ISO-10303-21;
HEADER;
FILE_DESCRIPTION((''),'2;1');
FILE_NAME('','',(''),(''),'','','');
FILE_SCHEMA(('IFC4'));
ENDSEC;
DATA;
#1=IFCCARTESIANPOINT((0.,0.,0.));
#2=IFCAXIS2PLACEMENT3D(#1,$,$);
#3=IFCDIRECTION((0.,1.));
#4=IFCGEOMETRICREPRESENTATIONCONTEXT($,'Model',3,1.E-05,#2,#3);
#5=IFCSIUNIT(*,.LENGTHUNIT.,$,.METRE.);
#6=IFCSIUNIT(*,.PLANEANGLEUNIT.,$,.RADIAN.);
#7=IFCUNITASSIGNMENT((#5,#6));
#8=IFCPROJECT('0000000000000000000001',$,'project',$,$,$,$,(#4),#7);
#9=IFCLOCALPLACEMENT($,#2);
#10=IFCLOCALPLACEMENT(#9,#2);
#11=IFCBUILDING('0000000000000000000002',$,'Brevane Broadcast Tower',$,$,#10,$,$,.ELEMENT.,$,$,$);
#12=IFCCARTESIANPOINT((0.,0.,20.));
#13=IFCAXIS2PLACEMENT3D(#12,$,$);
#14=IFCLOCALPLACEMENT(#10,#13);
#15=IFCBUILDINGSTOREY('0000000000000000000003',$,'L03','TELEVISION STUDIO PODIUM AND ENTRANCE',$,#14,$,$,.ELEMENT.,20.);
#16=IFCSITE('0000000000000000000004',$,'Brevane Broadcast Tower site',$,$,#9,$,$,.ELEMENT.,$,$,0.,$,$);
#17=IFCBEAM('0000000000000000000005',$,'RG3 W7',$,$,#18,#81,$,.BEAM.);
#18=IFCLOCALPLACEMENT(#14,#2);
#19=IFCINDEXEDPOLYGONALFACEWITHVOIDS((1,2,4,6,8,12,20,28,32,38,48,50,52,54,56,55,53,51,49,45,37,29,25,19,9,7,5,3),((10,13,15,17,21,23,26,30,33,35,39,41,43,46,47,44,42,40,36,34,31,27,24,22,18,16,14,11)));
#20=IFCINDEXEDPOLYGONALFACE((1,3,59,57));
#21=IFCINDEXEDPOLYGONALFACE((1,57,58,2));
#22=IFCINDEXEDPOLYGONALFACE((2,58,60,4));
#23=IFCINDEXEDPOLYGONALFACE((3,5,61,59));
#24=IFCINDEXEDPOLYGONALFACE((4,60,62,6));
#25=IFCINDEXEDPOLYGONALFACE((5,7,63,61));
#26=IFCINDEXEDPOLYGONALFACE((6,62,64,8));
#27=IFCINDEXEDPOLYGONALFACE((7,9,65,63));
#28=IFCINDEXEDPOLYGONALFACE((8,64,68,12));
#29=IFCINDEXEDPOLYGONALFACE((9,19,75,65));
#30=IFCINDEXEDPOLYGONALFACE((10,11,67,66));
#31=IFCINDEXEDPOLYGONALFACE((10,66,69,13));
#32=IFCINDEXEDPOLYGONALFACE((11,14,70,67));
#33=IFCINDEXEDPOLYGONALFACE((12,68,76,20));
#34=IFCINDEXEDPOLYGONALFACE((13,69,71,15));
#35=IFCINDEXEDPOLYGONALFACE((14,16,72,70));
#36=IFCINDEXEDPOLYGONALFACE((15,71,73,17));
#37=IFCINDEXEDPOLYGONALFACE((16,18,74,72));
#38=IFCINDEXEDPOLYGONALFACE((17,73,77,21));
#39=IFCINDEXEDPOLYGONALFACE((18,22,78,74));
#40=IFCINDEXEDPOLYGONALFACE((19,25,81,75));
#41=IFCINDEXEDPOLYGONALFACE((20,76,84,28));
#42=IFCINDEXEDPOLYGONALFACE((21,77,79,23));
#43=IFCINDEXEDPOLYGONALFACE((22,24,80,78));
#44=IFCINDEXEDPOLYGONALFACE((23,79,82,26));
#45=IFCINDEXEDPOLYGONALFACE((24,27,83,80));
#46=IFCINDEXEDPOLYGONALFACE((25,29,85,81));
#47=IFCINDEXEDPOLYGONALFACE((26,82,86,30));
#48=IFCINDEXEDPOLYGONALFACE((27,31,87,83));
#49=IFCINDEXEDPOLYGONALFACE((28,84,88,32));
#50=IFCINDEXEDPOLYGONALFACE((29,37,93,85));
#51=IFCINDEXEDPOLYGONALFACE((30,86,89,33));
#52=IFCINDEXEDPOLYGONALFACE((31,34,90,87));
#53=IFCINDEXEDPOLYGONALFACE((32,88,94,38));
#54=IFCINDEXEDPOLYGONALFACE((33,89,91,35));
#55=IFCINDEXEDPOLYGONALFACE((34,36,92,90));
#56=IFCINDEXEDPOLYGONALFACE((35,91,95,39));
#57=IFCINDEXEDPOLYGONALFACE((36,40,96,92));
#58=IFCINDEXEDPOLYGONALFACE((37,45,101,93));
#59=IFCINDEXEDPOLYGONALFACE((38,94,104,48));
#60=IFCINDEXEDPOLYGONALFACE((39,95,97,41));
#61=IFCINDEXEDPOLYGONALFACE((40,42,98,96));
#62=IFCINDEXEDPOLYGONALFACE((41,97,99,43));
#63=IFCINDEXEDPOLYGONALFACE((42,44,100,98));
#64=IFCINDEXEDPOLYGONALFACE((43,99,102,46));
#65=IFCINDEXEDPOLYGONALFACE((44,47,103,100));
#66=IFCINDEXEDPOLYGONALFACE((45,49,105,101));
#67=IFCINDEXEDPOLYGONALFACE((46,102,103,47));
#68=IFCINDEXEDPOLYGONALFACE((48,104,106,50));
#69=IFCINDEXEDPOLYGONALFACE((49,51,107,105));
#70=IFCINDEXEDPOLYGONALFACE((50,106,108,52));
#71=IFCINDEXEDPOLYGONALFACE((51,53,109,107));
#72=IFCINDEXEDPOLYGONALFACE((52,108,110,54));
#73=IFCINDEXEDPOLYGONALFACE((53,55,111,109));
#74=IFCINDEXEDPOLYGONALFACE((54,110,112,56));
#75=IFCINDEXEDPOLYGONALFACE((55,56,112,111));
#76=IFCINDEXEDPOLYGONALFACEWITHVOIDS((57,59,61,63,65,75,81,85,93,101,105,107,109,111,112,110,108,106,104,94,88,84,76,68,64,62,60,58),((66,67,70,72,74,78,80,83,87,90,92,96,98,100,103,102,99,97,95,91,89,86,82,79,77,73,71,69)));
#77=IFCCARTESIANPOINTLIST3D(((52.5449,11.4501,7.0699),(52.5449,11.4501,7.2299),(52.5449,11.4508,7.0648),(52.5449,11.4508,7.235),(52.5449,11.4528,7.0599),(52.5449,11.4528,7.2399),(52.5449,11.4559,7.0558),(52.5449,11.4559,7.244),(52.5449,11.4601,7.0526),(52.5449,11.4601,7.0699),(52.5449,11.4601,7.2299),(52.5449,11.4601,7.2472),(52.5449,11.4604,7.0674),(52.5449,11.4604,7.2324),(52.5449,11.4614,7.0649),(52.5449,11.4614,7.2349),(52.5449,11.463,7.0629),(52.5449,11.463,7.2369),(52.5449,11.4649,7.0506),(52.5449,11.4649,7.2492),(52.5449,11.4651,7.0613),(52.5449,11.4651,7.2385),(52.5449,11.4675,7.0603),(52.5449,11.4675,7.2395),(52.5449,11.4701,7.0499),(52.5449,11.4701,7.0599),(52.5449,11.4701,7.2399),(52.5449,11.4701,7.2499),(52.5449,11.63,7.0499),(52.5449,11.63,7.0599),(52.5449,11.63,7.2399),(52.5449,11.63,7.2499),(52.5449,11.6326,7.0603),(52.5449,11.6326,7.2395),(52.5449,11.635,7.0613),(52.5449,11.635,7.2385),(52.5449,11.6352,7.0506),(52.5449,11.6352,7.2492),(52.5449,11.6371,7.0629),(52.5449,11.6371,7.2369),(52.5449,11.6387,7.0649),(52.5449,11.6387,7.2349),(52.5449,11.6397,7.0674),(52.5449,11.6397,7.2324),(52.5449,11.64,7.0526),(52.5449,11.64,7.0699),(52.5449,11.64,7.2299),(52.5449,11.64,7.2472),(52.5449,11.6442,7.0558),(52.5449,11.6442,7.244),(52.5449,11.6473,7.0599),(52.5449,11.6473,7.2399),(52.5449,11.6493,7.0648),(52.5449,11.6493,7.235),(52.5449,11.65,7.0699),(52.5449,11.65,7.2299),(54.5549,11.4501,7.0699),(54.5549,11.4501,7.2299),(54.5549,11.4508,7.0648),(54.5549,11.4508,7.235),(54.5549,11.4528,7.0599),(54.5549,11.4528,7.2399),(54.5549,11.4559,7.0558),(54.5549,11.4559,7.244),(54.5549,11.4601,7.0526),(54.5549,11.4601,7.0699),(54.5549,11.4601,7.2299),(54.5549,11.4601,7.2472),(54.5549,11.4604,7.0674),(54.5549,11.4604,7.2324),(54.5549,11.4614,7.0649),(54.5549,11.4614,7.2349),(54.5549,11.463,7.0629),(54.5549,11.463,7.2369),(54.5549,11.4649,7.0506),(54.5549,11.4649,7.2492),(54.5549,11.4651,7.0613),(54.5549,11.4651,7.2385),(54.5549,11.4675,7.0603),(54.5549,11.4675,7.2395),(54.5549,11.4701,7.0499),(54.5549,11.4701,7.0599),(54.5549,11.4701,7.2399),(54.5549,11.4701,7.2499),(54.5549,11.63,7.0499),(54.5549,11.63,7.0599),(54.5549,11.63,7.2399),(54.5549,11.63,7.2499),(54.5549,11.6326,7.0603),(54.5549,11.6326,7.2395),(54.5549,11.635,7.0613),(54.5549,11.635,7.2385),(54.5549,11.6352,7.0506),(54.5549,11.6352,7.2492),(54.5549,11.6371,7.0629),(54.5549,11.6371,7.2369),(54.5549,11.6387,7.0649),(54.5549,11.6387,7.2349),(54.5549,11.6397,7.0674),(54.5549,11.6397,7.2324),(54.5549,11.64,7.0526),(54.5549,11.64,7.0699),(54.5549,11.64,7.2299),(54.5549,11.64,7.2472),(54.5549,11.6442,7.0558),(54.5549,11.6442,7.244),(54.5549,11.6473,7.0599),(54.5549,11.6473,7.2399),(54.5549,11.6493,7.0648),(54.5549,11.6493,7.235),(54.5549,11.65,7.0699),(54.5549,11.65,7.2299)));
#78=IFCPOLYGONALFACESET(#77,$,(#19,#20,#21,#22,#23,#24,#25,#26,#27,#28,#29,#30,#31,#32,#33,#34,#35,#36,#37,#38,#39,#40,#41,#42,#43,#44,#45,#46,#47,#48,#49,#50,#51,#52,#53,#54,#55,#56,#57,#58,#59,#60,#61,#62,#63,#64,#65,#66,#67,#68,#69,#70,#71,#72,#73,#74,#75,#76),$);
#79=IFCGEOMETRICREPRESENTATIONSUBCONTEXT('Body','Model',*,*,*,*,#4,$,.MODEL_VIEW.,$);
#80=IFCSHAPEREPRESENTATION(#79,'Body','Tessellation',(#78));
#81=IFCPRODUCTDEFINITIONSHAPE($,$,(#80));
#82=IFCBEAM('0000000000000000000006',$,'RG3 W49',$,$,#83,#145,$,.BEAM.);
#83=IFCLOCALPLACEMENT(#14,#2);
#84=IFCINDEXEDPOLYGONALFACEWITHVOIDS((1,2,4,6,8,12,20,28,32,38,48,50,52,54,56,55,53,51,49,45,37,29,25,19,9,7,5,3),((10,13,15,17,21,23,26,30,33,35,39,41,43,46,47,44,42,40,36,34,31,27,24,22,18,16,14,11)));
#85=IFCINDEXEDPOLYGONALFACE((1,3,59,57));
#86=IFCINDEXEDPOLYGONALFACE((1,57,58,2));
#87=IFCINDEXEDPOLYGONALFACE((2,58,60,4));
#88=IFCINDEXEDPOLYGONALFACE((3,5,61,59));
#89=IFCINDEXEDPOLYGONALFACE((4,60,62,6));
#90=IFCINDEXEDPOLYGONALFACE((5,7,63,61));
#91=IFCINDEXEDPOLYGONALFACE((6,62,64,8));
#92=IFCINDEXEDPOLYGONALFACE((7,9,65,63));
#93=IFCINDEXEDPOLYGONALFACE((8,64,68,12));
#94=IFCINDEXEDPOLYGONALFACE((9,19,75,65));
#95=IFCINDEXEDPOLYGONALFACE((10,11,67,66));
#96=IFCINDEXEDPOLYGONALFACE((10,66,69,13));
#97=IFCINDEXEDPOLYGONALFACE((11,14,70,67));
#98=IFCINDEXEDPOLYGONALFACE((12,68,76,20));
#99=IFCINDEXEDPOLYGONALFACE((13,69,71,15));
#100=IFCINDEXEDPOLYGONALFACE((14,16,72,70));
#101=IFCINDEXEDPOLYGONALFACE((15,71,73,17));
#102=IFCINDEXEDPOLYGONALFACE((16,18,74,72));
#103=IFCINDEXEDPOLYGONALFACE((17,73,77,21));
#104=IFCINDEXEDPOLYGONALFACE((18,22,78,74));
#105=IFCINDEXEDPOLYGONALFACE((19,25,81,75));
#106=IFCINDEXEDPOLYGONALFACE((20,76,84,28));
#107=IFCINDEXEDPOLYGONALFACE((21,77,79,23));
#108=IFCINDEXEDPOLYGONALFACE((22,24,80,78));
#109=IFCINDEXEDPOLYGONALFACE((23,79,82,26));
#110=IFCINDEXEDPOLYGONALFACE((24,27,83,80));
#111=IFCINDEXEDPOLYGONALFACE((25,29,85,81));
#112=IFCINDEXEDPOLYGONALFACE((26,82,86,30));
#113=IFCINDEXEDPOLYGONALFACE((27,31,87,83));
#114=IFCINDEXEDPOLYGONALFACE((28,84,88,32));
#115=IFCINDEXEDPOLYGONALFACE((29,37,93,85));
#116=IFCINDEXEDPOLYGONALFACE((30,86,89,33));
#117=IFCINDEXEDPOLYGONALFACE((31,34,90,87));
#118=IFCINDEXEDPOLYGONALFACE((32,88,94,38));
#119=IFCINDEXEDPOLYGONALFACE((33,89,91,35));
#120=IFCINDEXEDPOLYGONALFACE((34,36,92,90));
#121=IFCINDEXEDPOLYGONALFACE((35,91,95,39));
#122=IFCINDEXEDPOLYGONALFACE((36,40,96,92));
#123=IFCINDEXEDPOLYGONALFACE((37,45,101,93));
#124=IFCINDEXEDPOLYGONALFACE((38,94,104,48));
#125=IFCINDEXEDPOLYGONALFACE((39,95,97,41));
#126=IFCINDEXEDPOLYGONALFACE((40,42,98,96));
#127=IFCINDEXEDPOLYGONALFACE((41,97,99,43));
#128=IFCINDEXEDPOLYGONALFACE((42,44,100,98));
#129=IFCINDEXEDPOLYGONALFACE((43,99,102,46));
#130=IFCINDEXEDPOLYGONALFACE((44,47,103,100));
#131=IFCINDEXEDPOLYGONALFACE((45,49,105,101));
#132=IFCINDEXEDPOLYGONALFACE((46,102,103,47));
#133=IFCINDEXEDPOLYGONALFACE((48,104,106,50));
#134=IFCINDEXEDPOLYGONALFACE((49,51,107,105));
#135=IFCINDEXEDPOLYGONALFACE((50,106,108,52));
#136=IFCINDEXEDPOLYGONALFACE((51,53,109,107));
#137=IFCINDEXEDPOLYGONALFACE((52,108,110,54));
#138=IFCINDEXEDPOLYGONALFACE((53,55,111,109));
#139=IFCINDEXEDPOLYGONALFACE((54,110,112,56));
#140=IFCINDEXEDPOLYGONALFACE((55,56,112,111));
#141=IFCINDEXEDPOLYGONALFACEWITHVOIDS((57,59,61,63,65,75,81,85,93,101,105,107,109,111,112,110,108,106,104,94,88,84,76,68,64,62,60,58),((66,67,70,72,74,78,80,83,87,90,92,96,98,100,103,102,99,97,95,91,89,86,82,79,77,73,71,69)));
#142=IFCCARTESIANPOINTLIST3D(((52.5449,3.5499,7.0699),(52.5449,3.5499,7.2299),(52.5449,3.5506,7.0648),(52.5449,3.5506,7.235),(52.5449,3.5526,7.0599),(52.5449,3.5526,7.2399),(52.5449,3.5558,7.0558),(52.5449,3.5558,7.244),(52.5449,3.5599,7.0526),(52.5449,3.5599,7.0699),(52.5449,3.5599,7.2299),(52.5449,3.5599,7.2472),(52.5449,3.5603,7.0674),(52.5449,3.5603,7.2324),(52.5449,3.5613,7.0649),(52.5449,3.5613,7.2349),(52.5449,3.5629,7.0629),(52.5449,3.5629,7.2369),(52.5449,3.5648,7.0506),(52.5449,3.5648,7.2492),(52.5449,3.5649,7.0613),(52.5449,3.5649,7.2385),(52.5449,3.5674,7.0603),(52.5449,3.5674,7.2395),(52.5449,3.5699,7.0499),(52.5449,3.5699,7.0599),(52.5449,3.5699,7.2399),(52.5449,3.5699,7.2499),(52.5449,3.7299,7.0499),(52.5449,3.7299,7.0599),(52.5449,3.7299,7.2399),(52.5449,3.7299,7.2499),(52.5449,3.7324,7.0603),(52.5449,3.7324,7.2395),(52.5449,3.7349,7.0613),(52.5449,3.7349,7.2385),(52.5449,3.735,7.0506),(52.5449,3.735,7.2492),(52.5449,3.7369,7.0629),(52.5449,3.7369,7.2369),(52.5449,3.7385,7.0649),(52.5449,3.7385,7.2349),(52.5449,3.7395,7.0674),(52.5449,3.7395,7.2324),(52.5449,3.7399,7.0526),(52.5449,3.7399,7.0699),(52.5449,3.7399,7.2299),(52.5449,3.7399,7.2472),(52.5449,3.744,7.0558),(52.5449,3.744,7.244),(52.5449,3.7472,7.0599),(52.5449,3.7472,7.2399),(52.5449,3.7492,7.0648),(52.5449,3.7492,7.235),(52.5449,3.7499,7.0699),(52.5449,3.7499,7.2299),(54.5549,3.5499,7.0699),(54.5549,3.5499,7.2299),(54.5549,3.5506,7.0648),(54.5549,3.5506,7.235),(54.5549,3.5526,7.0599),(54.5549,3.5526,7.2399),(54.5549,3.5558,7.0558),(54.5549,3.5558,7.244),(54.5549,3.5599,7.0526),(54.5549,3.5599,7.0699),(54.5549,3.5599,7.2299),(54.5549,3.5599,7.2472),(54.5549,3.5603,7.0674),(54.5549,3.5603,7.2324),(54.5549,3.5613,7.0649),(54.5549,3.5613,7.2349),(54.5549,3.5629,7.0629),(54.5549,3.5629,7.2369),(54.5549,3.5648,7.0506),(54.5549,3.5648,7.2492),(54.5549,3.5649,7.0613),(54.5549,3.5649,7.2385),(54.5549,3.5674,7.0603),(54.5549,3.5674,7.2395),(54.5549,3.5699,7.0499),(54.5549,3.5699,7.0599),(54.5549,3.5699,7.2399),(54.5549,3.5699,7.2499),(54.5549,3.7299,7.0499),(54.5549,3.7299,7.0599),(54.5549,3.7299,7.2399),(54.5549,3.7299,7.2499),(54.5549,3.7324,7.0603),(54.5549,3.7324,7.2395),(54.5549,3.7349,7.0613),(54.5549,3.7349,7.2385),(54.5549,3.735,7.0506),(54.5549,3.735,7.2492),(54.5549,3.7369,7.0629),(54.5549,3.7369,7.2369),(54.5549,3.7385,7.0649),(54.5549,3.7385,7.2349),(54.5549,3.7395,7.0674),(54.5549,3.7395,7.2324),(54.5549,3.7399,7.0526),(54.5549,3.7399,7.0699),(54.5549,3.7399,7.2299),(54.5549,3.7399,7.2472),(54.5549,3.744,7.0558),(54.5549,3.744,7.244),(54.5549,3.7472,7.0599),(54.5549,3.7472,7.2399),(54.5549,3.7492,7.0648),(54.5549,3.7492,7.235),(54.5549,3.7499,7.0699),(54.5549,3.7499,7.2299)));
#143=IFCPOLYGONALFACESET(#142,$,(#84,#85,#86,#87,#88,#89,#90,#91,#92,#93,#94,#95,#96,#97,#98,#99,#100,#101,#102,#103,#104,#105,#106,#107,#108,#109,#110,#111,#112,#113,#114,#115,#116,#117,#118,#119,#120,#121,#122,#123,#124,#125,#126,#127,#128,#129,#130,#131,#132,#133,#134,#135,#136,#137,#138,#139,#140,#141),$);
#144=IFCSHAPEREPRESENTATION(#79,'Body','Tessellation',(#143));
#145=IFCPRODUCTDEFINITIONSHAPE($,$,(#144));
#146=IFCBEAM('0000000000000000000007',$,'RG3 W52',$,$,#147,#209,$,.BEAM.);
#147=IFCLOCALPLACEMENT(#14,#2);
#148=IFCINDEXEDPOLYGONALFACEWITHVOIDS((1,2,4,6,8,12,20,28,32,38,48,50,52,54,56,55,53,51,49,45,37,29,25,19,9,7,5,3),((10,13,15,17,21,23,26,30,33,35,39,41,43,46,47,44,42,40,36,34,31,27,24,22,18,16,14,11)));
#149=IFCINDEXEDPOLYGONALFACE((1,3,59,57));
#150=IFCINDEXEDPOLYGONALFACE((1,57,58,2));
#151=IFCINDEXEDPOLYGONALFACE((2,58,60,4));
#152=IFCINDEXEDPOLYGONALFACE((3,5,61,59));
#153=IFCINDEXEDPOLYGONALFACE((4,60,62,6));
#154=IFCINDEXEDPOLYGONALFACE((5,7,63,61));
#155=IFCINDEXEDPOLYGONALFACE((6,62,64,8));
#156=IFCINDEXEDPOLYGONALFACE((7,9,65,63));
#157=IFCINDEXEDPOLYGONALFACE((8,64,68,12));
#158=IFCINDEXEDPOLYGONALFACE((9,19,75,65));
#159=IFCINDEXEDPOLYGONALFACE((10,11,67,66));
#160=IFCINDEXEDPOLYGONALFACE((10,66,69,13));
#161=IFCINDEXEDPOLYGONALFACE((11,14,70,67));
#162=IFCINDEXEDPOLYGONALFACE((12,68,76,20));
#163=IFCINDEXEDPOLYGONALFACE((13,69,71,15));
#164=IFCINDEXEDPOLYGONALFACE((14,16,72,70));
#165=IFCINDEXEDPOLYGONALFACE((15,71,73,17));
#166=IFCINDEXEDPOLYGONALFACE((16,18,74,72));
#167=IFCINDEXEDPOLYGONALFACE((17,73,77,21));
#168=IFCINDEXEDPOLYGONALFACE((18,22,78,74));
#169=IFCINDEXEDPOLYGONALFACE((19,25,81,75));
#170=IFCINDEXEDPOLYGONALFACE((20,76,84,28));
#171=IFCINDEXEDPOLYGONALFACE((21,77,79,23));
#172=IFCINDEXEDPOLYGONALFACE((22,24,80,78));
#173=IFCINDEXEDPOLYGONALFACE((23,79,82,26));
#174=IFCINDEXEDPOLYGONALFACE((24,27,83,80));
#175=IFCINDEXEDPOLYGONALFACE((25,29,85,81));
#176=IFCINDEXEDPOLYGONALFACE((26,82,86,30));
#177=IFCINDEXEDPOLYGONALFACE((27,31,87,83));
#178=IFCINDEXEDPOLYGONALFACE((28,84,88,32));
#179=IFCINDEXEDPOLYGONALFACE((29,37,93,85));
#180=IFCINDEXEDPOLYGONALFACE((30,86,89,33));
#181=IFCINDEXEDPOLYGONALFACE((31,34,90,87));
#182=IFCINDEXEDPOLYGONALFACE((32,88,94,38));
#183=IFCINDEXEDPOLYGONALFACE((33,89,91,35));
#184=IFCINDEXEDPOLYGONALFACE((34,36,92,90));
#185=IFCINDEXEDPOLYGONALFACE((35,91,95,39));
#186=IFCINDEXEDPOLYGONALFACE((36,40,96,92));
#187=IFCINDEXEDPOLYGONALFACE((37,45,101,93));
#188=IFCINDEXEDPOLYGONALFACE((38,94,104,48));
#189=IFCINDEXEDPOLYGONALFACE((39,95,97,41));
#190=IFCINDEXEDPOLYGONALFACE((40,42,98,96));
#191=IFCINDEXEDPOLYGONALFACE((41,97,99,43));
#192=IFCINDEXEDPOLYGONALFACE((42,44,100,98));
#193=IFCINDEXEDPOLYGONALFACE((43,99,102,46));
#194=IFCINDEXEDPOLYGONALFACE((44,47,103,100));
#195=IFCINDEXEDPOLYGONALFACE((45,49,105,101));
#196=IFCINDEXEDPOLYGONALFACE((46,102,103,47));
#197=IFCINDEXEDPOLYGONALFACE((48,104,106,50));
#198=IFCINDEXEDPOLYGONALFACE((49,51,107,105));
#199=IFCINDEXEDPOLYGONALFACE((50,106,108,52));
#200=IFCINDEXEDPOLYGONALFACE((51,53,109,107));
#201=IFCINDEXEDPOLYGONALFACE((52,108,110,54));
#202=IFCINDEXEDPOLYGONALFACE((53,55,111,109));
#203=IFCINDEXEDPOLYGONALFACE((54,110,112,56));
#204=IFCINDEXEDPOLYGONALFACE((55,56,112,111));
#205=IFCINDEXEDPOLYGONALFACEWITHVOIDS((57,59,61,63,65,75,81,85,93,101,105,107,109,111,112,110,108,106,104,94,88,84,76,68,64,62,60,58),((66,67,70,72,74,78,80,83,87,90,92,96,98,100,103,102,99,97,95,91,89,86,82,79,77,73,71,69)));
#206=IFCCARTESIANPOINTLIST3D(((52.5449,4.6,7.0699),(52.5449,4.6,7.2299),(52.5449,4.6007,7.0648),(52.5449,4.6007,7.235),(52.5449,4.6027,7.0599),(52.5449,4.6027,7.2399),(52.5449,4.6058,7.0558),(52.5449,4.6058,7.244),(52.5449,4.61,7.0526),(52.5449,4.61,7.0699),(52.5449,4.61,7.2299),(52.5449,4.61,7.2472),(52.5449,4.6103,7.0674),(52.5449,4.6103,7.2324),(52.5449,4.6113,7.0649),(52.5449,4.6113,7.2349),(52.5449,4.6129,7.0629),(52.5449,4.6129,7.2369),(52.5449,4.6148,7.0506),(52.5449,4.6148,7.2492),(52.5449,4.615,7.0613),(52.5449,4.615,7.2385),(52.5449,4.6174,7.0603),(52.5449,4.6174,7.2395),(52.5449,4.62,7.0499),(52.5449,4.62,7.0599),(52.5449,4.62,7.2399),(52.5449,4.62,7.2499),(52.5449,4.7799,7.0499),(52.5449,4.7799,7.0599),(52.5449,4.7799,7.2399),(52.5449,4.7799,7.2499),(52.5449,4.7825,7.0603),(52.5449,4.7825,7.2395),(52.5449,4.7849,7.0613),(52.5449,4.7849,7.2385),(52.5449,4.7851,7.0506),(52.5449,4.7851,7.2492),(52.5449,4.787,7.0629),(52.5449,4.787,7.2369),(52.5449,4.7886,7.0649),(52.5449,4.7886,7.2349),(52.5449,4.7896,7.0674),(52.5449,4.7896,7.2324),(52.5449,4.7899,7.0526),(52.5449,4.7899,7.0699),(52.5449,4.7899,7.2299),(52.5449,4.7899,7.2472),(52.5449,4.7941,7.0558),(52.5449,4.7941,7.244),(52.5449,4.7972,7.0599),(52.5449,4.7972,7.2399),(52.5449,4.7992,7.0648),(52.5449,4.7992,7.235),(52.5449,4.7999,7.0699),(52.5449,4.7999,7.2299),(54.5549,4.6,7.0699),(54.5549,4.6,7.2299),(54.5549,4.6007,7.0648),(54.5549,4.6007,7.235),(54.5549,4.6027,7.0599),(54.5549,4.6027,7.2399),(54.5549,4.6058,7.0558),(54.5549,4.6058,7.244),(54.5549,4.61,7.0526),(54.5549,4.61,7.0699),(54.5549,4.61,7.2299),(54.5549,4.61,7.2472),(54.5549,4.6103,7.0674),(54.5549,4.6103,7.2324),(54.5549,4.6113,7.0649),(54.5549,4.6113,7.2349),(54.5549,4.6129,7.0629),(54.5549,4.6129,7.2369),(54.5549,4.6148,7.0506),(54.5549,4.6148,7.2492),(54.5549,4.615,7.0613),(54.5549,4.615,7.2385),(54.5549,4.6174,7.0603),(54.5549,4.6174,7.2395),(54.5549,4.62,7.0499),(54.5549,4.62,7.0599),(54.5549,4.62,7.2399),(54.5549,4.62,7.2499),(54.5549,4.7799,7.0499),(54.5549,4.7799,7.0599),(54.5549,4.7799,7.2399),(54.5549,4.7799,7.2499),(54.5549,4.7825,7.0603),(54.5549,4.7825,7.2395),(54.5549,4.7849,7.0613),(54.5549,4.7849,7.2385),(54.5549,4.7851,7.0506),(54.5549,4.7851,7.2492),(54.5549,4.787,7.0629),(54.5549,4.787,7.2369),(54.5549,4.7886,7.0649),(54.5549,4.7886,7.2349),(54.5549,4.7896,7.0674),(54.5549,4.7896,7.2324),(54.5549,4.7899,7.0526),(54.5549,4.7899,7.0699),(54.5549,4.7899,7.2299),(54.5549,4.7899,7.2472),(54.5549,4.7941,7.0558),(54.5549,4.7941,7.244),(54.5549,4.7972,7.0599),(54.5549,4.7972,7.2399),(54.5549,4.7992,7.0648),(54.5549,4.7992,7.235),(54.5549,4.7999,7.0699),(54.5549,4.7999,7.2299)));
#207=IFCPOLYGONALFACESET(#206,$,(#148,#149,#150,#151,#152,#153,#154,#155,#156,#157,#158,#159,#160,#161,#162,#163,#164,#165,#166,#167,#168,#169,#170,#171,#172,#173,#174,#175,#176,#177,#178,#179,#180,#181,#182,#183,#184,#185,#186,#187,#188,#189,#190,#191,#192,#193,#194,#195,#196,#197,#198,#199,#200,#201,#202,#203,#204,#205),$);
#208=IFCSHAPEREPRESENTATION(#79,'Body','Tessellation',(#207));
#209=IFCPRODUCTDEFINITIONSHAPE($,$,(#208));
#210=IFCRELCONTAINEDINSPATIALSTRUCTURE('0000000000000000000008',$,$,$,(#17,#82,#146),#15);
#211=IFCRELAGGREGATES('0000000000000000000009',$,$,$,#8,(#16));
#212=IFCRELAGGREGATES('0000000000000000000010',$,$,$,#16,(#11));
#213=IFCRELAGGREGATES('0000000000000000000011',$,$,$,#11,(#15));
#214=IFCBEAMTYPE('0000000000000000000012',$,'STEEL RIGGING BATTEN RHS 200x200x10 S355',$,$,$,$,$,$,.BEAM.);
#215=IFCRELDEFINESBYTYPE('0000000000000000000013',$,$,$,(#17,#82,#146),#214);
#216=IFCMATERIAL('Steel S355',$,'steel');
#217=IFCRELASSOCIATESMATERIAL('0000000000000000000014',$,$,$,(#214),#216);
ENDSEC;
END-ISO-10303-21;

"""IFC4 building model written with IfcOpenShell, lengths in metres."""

from ifc_helpers import new_model, si_unit, direction, frame, origin, origin_2d, place, context, subcontext, project, spatial, hollow_rectangle, extrude, material, material_profile, profile_set, type_object, element, save


model = new_model("IFC4")

# Units and contexts
model_context = context("Model", 3, precision=1e-05, world=origin(), true_north=direction((0.0, 1.0)))
body_context = subcontext(model_context, "Body", "Model", "MODEL_VIEW")
ifc_project = project(units=[si_unit("LENGTHUNIT", "METRE"), si_unit("PLANEANGLEUNIT", "RADIAN")], contexts=[model_context])

# Site, building, storey
site_placement = place(None, origin())
site = spatial("IfcSite", under=ifc_project, at=site_placement, Name="Brevane Broadcast Tower site", CompositionType="ELEMENT", RefElevation=0.0)
building_placement = place(site_placement, origin())
building = spatial("IfcBuilding", under=site, at=building_placement, Name="Brevane Broadcast Tower", CompositionType="ELEMENT")
storey_placement = place(building_placement, frame((0.0, 0.0, 20.0)))
storey = spatial("IfcBuildingStorey", under=building, at=storey_placement, Name="L03", Description="TELEVISION STUDIO PODIUM AND ENTRANCE", CompositionType="ELEMENT", Elevation=20.0)

# Beams
ifc_material_1 = material(Name="Steel S355", Category="steel")
ifc_material_profile_1 = material_profile(ifc_material_1, hollow_rectangle(XDim=0.2, YDim=0.2, WallThickness=0.01, InnerFilletRadius=0.01, OuterFilletRadius=0.02, at=origin_2d()), Name="RHS 200x200x10")
ifc_profile_set_1 = profile_set([ifc_material_profile_1], Name="Steel S355")
beam_type_1 = type_object("IfcBeamType", Name="STEEL RIGGING BATTEN RHS 200x200x10 S355", PredefinedType="BEAM", material=ifc_profile_set_1)
for number, where, z_axis, x_axis, name in (
    (1, (52.5449, 11.55, 7.1499), (1.0, 0.0, 0.0), (0.0, 1.0, 0.0), "RG3 W7"),
    (2, (52.5449, 3.6499, 7.1499), (1.0, 0.0, 0.0), (0.0, 1.0, 0.0), "RG3 W49"),
    (3, (52.5449, 4.7, 7.1499), (1.0, 0.0, 0.0), (0.0, 1.0, 0.0), "RG3 W52"),
):
    element("IfcBeam", number, at=place(storey_placement, frame(where, z_axis=z_axis, x_axis=x_axis)), inside=storey, type_object=beam_type_1, Name=name, PredefinedType="BEAM", context=body_context, shape_type="SweptSolid", body=[
        extrude(hollow_rectangle(XDim=0.2, YDim=0.2, WallThickness=0.01, InnerFilletRadius=0.01, OuterFilletRadius=0.02, at=origin_2d()), origin(), (0.0, 0.0, 1.0), 2.01),
    ])

save(model, "model.ifc")
